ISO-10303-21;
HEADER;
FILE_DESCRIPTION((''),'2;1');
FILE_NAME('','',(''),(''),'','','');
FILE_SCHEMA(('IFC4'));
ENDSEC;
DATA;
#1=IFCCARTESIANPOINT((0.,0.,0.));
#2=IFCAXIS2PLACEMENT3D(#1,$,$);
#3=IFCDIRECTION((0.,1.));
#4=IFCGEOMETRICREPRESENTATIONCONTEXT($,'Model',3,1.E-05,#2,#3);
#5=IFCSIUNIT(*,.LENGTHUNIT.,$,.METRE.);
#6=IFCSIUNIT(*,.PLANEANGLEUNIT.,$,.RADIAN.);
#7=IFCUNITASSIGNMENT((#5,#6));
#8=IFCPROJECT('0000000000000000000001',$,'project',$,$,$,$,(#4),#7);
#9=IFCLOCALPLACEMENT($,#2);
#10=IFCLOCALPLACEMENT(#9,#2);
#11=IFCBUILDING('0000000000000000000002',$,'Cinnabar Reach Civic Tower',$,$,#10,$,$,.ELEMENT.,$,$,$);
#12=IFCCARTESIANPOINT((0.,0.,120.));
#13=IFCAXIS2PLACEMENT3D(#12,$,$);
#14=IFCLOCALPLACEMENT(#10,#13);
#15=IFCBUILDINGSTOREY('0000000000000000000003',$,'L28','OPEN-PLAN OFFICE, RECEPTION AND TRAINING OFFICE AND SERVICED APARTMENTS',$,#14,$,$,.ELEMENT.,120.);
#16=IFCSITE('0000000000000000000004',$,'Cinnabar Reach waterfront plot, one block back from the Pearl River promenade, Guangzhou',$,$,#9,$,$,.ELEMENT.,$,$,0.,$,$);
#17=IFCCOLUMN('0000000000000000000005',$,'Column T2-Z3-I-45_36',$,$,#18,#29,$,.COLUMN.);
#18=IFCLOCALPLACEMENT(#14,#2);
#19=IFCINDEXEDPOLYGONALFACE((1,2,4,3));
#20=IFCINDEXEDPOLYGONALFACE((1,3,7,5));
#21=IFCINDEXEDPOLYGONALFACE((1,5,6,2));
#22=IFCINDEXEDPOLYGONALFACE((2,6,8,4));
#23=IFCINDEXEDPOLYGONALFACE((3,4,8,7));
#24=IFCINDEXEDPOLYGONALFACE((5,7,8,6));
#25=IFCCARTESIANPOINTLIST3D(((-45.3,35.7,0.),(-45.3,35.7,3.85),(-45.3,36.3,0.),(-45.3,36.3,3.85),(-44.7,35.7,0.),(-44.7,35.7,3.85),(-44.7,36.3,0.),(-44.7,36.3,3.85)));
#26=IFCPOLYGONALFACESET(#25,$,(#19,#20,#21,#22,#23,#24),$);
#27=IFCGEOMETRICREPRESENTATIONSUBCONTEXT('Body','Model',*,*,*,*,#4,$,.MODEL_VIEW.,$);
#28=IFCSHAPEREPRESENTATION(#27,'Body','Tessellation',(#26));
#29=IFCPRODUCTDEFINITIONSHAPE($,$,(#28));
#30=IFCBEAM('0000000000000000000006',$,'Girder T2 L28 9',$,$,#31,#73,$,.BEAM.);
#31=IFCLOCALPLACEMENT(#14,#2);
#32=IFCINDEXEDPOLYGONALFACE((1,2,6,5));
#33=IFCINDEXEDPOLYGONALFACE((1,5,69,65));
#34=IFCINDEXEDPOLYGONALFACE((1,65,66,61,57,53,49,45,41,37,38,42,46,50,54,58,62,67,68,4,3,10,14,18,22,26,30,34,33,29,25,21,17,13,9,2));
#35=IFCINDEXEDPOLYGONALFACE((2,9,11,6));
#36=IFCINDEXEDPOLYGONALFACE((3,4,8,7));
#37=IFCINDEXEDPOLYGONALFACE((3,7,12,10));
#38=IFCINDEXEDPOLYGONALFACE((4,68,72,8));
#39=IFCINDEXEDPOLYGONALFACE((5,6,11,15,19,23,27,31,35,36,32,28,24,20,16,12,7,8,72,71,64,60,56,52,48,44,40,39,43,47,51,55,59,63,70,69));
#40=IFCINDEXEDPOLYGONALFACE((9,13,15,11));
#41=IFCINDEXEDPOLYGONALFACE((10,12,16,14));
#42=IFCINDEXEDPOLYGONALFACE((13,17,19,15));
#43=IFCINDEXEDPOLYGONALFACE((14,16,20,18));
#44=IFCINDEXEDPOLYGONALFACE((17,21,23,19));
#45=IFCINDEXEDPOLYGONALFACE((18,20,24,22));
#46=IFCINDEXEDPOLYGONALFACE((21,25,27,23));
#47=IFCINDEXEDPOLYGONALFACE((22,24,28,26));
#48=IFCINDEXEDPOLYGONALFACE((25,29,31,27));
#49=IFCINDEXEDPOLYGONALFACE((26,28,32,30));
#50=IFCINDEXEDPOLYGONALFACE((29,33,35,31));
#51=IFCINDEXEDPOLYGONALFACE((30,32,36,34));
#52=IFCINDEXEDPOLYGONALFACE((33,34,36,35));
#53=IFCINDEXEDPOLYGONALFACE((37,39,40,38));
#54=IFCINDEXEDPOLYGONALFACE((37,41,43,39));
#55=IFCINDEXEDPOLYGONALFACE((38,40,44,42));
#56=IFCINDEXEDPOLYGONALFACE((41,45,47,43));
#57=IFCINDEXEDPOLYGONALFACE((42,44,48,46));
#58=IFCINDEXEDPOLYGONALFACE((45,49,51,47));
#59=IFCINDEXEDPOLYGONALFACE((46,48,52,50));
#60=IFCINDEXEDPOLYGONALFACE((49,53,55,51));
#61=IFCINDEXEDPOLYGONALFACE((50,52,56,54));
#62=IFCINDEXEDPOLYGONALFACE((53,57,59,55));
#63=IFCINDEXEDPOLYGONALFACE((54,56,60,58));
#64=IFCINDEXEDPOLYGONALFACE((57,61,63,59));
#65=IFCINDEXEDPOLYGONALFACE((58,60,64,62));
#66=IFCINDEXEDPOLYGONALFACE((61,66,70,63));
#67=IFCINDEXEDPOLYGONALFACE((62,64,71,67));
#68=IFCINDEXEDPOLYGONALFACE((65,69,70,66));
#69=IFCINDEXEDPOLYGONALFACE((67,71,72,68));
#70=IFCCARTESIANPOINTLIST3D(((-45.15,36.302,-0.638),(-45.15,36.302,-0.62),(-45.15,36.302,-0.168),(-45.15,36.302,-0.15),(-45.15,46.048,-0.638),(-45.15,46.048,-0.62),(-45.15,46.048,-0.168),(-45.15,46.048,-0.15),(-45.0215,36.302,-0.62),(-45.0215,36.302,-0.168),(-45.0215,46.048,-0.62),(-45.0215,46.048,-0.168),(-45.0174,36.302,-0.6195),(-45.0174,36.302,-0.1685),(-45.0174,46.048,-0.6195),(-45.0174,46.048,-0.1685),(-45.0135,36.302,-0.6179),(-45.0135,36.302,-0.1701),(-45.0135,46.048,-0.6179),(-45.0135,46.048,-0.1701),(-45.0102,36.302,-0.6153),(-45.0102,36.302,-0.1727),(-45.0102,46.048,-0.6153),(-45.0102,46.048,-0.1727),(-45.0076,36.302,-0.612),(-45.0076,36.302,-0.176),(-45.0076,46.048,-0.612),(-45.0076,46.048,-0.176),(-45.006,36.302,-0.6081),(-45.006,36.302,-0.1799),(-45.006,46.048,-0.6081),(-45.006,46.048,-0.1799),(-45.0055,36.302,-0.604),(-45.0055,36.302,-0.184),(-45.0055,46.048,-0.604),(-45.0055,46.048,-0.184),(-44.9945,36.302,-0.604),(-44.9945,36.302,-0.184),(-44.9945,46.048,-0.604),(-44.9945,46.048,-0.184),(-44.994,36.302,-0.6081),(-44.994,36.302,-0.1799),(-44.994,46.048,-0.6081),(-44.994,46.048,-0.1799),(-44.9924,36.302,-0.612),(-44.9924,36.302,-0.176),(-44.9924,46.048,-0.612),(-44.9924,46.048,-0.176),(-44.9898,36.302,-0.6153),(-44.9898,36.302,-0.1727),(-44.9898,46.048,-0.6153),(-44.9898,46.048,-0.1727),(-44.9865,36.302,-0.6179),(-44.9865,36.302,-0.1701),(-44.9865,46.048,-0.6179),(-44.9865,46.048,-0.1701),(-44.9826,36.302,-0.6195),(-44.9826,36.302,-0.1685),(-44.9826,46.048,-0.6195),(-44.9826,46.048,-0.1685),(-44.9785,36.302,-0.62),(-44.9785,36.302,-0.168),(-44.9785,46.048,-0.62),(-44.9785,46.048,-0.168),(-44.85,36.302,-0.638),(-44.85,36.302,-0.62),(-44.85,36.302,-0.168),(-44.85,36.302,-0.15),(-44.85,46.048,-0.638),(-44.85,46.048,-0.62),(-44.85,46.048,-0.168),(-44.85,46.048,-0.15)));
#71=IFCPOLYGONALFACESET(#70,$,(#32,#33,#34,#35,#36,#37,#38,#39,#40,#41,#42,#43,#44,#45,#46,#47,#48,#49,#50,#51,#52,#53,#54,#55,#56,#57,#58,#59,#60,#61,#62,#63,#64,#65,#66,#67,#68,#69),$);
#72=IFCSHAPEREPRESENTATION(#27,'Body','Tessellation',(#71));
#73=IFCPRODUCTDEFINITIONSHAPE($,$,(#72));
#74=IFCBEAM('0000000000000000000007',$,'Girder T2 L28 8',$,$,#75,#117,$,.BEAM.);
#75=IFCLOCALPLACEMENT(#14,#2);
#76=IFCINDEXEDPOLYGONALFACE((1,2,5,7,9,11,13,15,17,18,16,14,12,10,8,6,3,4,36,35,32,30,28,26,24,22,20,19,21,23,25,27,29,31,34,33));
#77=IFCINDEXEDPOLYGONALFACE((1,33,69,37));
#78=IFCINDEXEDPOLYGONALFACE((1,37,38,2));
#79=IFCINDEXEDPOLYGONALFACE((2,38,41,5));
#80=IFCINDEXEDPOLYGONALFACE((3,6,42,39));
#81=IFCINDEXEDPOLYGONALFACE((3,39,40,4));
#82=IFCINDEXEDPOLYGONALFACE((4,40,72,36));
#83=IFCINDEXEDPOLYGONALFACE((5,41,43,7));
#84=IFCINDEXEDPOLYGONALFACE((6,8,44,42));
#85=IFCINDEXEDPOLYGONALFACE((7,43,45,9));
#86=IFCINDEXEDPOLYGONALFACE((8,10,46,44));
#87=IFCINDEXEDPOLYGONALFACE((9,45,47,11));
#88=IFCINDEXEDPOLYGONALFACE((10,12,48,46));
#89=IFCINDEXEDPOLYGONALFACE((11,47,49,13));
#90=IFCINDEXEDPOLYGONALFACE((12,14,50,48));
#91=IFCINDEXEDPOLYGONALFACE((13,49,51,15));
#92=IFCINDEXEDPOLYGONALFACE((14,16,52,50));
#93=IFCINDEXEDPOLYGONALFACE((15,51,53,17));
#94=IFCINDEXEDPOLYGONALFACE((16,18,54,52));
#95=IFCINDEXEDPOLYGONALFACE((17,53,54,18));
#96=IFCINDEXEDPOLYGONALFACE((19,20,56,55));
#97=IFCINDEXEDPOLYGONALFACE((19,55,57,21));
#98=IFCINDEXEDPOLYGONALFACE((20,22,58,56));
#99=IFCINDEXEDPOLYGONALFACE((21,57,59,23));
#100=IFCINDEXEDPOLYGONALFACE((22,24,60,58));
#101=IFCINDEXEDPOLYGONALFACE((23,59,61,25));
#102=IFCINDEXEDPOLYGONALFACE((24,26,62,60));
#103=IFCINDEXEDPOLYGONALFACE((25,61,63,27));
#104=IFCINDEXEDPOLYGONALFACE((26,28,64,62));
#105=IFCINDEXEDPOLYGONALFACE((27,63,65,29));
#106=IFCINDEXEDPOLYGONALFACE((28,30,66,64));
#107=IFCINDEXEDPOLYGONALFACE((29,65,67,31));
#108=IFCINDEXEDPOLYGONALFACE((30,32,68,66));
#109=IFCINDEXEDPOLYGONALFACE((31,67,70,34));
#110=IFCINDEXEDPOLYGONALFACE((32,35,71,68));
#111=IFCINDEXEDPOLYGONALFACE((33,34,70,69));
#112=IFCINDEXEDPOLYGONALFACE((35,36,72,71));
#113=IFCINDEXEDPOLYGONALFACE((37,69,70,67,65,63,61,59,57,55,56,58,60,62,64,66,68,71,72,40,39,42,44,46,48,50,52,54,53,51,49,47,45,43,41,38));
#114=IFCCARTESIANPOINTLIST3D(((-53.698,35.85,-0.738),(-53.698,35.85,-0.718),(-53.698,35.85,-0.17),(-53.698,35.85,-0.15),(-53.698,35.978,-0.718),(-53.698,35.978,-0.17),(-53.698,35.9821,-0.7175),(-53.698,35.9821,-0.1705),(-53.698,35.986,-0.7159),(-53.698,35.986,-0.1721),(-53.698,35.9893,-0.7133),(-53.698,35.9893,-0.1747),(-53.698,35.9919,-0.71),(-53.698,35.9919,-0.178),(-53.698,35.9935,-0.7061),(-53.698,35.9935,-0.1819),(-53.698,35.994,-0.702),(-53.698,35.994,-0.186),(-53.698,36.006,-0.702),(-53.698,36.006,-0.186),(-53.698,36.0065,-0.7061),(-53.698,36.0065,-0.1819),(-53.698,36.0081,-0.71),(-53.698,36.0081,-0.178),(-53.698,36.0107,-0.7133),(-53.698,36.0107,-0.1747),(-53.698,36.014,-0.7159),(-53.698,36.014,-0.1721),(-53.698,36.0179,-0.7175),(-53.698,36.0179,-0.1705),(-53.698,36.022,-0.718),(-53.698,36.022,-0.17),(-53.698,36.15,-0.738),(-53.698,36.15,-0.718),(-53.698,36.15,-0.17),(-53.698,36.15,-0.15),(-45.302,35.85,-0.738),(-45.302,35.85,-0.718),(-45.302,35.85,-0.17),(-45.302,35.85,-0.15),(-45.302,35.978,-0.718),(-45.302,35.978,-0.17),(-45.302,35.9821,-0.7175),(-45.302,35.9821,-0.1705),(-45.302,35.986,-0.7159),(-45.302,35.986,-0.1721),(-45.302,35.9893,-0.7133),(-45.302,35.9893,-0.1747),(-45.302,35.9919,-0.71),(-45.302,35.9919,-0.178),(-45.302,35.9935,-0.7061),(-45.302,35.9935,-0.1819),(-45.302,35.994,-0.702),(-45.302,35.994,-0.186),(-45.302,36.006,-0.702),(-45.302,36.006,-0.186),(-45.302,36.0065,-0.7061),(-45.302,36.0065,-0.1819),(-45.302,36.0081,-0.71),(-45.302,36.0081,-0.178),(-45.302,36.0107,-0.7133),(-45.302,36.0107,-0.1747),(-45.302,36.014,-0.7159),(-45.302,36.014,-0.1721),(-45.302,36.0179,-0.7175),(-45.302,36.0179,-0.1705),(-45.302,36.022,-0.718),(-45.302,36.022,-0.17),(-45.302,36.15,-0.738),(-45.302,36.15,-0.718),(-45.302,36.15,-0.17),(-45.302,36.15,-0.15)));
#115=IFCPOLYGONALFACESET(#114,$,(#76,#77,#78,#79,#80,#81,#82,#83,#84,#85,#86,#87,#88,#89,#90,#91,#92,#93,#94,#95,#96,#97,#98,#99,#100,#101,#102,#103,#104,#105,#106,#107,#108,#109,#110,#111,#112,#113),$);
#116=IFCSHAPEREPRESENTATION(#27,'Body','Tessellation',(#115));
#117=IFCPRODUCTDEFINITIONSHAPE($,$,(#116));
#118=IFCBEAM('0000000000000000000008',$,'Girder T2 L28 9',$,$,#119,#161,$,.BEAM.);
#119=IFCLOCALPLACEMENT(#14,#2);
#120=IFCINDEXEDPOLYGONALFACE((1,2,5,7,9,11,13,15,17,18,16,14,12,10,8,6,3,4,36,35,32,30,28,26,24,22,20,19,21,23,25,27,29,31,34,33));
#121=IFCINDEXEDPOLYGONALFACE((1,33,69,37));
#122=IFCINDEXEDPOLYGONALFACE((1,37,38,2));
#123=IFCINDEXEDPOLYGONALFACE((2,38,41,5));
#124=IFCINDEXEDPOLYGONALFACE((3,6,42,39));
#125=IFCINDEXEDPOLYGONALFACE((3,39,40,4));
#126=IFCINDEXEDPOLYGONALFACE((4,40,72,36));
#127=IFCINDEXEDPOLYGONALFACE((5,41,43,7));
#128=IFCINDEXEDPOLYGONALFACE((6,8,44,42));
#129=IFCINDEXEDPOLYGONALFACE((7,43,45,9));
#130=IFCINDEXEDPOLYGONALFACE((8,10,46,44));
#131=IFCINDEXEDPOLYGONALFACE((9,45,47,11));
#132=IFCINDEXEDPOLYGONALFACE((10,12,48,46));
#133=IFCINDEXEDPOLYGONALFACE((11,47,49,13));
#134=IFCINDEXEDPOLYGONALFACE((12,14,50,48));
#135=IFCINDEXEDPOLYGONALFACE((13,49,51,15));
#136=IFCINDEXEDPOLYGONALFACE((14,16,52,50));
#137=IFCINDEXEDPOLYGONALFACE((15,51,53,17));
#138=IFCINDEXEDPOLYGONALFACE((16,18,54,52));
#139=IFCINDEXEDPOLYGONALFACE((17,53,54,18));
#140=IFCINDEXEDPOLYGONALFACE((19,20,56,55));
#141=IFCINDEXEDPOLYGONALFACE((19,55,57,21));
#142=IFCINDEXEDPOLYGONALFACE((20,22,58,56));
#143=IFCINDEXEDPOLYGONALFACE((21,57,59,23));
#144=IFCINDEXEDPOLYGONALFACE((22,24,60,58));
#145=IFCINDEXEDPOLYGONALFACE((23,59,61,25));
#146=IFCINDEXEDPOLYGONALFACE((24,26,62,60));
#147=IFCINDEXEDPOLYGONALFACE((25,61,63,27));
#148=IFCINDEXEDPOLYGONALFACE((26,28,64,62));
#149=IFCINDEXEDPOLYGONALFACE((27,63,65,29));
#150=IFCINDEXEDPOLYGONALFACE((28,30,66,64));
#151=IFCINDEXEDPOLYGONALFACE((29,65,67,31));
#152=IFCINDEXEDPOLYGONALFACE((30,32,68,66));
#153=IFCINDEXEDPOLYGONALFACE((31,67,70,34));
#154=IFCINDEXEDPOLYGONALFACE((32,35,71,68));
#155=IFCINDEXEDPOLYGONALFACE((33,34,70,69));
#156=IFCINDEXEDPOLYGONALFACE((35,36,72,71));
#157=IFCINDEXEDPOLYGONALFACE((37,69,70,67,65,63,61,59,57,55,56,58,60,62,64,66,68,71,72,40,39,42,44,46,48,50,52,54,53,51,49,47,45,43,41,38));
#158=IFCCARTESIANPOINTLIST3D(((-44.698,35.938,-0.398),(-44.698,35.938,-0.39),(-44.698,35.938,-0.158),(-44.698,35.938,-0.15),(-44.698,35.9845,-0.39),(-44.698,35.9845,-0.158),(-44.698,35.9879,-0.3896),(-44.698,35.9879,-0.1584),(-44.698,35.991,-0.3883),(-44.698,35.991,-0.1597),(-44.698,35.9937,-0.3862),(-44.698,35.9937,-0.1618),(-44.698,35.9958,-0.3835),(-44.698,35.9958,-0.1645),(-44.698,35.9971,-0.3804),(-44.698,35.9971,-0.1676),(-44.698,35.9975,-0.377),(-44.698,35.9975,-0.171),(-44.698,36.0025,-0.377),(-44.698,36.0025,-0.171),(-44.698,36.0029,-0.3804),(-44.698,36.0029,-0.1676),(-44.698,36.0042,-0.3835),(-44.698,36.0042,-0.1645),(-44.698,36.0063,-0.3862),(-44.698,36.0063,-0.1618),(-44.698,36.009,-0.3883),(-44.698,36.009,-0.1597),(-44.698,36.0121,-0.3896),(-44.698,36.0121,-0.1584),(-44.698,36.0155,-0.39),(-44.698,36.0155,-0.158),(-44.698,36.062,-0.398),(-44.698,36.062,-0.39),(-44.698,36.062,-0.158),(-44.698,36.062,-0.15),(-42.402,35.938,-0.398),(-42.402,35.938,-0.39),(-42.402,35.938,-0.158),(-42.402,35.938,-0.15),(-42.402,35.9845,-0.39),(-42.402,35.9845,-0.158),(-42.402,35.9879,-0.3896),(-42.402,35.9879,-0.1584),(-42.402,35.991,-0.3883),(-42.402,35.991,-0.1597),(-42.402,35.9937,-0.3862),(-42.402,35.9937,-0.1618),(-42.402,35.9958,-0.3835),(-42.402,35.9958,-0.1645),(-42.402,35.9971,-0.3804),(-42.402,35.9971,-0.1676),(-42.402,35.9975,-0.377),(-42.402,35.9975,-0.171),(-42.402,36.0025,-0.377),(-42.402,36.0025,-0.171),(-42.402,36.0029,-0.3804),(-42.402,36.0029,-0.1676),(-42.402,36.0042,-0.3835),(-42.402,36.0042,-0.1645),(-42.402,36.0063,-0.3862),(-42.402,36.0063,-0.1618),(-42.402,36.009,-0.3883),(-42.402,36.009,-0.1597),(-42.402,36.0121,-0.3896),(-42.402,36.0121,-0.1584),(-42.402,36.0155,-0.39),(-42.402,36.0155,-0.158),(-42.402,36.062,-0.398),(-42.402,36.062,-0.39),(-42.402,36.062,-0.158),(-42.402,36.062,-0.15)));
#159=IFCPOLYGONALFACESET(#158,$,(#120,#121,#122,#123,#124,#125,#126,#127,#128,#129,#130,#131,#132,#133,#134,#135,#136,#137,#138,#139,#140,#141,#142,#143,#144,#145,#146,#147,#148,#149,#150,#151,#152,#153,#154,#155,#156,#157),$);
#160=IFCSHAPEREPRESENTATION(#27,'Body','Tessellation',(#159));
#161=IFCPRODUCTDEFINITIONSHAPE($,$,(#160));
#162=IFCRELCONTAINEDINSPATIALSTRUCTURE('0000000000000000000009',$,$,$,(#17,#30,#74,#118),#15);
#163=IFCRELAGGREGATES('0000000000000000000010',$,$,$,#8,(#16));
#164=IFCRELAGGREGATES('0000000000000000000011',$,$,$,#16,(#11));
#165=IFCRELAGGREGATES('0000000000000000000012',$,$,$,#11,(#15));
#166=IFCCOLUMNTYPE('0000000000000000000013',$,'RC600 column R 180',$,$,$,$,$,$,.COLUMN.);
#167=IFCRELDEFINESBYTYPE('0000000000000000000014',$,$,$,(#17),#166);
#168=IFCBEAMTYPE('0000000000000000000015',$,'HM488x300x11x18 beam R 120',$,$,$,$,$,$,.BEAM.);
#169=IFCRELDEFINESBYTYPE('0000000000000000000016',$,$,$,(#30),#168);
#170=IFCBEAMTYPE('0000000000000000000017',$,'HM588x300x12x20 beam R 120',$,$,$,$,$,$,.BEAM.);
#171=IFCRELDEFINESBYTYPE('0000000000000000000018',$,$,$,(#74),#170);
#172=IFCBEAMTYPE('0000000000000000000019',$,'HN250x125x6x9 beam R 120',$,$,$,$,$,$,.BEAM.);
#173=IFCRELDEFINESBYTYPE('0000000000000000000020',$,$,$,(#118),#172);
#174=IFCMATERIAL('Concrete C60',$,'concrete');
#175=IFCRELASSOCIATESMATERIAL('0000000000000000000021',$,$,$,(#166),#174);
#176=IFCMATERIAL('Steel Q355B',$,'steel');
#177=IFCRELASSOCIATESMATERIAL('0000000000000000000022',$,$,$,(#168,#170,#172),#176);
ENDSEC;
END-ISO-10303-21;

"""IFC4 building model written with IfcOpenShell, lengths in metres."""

from ifc_helpers import new_model, si_unit, direction, frame, origin, origin_2d, place, context, subcontext, project, spatial, rectangle, i_section, extrude, material, material_profile, profile_set, type_object, element, save


model = new_model("IFC4")

# Units and contexts
model_context = context("Model", 3, precision=1e-05, world=origin(), true_north=direction((0.0, 1.0)))
body_context = subcontext(model_context, "Body", "Model", "MODEL_VIEW")
ifc_project = project(units=[si_unit("LENGTHUNIT", "METRE"), si_unit("PLANEANGLEUNIT", "RADIAN")], contexts=[model_context])

# Site, building, storey
site_placement = place(None, origin())
site = spatial("IfcSite", under=ifc_project, at=site_placement, Name="Cinnabar Reach waterfront plot, one block back from the Pearl River promenade, Guangzhou", CompositionType="ELEMENT", RefElevation=0.0)
building_placement = place(site_placement, origin())
building = spatial("IfcBuilding", under=site, at=building_placement, Name="Cinnabar Reach Civic Tower", CompositionType="ELEMENT")
storey_placement = place(building_placement, frame((0.0, 0.0, 120.0)))
storey = spatial("IfcBuildingStorey", under=building, at=storey_placement, Name="L28", Description="OPEN-PLAN OFFICE, RECEPTION AND TRAINING OFFICE AND SERVICED APARTMENTS", CompositionType="ELEMENT", Elevation=120.0)

# Column
ifc_material_1 = material(Name="Concrete C60", Category="concrete")
ifc_material_profile_1 = material_profile(ifc_material_1, rectangle(XDim=0.6, YDim=0.6, at=origin_2d()), Name="RC600")
ifc_profile_set_1 = profile_set([ifc_material_profile_1], Name="Concrete C60")
column_type = type_object("IfcColumnType", Name="RC600 column R 180", PredefinedType="COLUMN", material=ifc_profile_set_1)
column_placement = place(storey_placement, frame((-45.0, 36.0, 0.0), z_axis=(0.0, 0.0, 1.0), x_axis=(1.0, 0.0, 0.0)))
element("IfcColumn", 1, at=column_placement, inside=storey, type_object=column_type, Name="Column T2-Z3-I-45_36", PredefinedType="COLUMN", context=body_context, shape_type="SweptSolid", body=[
    extrude(rectangle(XDim=0.6, YDim=0.6, at=origin_2d()), origin(), (0.0, 0.0, 1.0), 3.85),
])

# Beams
ifc_material_2 = material(Name="Steel Q355B", Category="steel")
ifc_material_profile_2 = material_profile(ifc_material_2, i_section(OverallWidth=0.3, OverallDepth=0.488, WebThickness=0.011, FlangeThickness=0.018, FilletRadius=0.016, at=origin_2d()), Name="HM488x300x11x18")
ifc_profile_set_2 = profile_set([ifc_material_profile_2], Name="Steel Q355B")
beam_type_1 = type_object("IfcBeamType", Name="HM488x300x11x18 beam R 120", PredefinedType="BEAM", material=ifc_profile_set_2)
beam_1_placement = place(storey_placement, frame((-45.0, 36.302, -0.394), z_axis=(0.0, 1.0, 0.0), x_axis=(-1.0, 0.0, 0.0)))
element("IfcBeam", 2, at=beam_1_placement, inside=storey, type_object=beam_type_1, Name="Girder T2 L28 9", PredefinedType="BEAM", context=body_context, shape_type="SweptSolid", body=[
    extrude(i_section(OverallWidth=0.3, OverallDepth=0.488, WebThickness=0.011, FlangeThickness=0.018, FilletRadius=0.016, at=origin_2d()), origin(), (0.0, 0.0, 1.0), 9.746),
])
ifc_material_profile_3 = material_profile(ifc_material_2, i_section(OverallWidth=0.3, OverallDepth=0.588, WebThickness=0.012, FlangeThickness=0.02, FilletRadius=0.016, at=origin_2d()), Name="HM588x300x12x20")
ifc_profile_set_3 = profile_set([ifc_material_profile_3], Name="Steel Q355B")
beam_type_2 = type_object("IfcBeamType", Name="HM588x300x12x20 beam R 120", PredefinedType="BEAM", material=ifc_profile_set_3)
beam_2_placement = place(storey_placement, frame((-53.698, 36.0, -0.444), z_axis=(1.0, 0.0, 0.0), x_axis=(0.0, 1.0, 0.0)))
element("IfcBeam", 3, at=beam_2_placement, inside=storey, type_object=beam_type_2, Name="Girder T2 L28 8", PredefinedType="BEAM", context=body_context, shape_type="SweptSolid", body=[
    extrude(i_section(OverallWidth=0.3, OverallDepth=0.588, WebThickness=0.012, FlangeThickness=0.02, FilletRadius=0.016, at=origin_2d()), origin(), (0.0, 0.0, 1.0), 8.396),
])
ifc_material_profile_4 = material_profile(ifc_material_2, i_section(OverallWidth=0.124, OverallDepth=0.248, WebThickness=0.005, FlangeThickness=0.008, FilletRadius=0.013, at=origin_2d()), Name="HN250x125x6x9")
ifc_profile_set_4 = profile_set([ifc_material_profile_4], Name="Steel Q355B")
beam_type_3 = type_object("IfcBeamType", Name="HN250x125x6x9 beam R 120", PredefinedType="BEAM", material=ifc_profile_set_4)
beam_3_placement = place(storey_placement, frame((-44.698, 36.0, -0.274), z_axis=(1.0, 0.0, 0.0), x_axis=(0.0, 1.0, 0.0)))
element("IfcBeam", 4, at=beam_3_placement, inside=storey, type_object=beam_type_3, Name="Girder T2 L28 9", PredefinedType="BEAM", context=body_context, shape_type="SweptSolid", body=[
    extrude(i_section(OverallWidth=0.124, OverallDepth=0.248, WebThickness=0.005, FlangeThickness=0.008, FilletRadius=0.013, at=origin_2d()), origin(), (0.0, 0.0, 1.0), 2.296),
])

save(model, "model.ifc")
